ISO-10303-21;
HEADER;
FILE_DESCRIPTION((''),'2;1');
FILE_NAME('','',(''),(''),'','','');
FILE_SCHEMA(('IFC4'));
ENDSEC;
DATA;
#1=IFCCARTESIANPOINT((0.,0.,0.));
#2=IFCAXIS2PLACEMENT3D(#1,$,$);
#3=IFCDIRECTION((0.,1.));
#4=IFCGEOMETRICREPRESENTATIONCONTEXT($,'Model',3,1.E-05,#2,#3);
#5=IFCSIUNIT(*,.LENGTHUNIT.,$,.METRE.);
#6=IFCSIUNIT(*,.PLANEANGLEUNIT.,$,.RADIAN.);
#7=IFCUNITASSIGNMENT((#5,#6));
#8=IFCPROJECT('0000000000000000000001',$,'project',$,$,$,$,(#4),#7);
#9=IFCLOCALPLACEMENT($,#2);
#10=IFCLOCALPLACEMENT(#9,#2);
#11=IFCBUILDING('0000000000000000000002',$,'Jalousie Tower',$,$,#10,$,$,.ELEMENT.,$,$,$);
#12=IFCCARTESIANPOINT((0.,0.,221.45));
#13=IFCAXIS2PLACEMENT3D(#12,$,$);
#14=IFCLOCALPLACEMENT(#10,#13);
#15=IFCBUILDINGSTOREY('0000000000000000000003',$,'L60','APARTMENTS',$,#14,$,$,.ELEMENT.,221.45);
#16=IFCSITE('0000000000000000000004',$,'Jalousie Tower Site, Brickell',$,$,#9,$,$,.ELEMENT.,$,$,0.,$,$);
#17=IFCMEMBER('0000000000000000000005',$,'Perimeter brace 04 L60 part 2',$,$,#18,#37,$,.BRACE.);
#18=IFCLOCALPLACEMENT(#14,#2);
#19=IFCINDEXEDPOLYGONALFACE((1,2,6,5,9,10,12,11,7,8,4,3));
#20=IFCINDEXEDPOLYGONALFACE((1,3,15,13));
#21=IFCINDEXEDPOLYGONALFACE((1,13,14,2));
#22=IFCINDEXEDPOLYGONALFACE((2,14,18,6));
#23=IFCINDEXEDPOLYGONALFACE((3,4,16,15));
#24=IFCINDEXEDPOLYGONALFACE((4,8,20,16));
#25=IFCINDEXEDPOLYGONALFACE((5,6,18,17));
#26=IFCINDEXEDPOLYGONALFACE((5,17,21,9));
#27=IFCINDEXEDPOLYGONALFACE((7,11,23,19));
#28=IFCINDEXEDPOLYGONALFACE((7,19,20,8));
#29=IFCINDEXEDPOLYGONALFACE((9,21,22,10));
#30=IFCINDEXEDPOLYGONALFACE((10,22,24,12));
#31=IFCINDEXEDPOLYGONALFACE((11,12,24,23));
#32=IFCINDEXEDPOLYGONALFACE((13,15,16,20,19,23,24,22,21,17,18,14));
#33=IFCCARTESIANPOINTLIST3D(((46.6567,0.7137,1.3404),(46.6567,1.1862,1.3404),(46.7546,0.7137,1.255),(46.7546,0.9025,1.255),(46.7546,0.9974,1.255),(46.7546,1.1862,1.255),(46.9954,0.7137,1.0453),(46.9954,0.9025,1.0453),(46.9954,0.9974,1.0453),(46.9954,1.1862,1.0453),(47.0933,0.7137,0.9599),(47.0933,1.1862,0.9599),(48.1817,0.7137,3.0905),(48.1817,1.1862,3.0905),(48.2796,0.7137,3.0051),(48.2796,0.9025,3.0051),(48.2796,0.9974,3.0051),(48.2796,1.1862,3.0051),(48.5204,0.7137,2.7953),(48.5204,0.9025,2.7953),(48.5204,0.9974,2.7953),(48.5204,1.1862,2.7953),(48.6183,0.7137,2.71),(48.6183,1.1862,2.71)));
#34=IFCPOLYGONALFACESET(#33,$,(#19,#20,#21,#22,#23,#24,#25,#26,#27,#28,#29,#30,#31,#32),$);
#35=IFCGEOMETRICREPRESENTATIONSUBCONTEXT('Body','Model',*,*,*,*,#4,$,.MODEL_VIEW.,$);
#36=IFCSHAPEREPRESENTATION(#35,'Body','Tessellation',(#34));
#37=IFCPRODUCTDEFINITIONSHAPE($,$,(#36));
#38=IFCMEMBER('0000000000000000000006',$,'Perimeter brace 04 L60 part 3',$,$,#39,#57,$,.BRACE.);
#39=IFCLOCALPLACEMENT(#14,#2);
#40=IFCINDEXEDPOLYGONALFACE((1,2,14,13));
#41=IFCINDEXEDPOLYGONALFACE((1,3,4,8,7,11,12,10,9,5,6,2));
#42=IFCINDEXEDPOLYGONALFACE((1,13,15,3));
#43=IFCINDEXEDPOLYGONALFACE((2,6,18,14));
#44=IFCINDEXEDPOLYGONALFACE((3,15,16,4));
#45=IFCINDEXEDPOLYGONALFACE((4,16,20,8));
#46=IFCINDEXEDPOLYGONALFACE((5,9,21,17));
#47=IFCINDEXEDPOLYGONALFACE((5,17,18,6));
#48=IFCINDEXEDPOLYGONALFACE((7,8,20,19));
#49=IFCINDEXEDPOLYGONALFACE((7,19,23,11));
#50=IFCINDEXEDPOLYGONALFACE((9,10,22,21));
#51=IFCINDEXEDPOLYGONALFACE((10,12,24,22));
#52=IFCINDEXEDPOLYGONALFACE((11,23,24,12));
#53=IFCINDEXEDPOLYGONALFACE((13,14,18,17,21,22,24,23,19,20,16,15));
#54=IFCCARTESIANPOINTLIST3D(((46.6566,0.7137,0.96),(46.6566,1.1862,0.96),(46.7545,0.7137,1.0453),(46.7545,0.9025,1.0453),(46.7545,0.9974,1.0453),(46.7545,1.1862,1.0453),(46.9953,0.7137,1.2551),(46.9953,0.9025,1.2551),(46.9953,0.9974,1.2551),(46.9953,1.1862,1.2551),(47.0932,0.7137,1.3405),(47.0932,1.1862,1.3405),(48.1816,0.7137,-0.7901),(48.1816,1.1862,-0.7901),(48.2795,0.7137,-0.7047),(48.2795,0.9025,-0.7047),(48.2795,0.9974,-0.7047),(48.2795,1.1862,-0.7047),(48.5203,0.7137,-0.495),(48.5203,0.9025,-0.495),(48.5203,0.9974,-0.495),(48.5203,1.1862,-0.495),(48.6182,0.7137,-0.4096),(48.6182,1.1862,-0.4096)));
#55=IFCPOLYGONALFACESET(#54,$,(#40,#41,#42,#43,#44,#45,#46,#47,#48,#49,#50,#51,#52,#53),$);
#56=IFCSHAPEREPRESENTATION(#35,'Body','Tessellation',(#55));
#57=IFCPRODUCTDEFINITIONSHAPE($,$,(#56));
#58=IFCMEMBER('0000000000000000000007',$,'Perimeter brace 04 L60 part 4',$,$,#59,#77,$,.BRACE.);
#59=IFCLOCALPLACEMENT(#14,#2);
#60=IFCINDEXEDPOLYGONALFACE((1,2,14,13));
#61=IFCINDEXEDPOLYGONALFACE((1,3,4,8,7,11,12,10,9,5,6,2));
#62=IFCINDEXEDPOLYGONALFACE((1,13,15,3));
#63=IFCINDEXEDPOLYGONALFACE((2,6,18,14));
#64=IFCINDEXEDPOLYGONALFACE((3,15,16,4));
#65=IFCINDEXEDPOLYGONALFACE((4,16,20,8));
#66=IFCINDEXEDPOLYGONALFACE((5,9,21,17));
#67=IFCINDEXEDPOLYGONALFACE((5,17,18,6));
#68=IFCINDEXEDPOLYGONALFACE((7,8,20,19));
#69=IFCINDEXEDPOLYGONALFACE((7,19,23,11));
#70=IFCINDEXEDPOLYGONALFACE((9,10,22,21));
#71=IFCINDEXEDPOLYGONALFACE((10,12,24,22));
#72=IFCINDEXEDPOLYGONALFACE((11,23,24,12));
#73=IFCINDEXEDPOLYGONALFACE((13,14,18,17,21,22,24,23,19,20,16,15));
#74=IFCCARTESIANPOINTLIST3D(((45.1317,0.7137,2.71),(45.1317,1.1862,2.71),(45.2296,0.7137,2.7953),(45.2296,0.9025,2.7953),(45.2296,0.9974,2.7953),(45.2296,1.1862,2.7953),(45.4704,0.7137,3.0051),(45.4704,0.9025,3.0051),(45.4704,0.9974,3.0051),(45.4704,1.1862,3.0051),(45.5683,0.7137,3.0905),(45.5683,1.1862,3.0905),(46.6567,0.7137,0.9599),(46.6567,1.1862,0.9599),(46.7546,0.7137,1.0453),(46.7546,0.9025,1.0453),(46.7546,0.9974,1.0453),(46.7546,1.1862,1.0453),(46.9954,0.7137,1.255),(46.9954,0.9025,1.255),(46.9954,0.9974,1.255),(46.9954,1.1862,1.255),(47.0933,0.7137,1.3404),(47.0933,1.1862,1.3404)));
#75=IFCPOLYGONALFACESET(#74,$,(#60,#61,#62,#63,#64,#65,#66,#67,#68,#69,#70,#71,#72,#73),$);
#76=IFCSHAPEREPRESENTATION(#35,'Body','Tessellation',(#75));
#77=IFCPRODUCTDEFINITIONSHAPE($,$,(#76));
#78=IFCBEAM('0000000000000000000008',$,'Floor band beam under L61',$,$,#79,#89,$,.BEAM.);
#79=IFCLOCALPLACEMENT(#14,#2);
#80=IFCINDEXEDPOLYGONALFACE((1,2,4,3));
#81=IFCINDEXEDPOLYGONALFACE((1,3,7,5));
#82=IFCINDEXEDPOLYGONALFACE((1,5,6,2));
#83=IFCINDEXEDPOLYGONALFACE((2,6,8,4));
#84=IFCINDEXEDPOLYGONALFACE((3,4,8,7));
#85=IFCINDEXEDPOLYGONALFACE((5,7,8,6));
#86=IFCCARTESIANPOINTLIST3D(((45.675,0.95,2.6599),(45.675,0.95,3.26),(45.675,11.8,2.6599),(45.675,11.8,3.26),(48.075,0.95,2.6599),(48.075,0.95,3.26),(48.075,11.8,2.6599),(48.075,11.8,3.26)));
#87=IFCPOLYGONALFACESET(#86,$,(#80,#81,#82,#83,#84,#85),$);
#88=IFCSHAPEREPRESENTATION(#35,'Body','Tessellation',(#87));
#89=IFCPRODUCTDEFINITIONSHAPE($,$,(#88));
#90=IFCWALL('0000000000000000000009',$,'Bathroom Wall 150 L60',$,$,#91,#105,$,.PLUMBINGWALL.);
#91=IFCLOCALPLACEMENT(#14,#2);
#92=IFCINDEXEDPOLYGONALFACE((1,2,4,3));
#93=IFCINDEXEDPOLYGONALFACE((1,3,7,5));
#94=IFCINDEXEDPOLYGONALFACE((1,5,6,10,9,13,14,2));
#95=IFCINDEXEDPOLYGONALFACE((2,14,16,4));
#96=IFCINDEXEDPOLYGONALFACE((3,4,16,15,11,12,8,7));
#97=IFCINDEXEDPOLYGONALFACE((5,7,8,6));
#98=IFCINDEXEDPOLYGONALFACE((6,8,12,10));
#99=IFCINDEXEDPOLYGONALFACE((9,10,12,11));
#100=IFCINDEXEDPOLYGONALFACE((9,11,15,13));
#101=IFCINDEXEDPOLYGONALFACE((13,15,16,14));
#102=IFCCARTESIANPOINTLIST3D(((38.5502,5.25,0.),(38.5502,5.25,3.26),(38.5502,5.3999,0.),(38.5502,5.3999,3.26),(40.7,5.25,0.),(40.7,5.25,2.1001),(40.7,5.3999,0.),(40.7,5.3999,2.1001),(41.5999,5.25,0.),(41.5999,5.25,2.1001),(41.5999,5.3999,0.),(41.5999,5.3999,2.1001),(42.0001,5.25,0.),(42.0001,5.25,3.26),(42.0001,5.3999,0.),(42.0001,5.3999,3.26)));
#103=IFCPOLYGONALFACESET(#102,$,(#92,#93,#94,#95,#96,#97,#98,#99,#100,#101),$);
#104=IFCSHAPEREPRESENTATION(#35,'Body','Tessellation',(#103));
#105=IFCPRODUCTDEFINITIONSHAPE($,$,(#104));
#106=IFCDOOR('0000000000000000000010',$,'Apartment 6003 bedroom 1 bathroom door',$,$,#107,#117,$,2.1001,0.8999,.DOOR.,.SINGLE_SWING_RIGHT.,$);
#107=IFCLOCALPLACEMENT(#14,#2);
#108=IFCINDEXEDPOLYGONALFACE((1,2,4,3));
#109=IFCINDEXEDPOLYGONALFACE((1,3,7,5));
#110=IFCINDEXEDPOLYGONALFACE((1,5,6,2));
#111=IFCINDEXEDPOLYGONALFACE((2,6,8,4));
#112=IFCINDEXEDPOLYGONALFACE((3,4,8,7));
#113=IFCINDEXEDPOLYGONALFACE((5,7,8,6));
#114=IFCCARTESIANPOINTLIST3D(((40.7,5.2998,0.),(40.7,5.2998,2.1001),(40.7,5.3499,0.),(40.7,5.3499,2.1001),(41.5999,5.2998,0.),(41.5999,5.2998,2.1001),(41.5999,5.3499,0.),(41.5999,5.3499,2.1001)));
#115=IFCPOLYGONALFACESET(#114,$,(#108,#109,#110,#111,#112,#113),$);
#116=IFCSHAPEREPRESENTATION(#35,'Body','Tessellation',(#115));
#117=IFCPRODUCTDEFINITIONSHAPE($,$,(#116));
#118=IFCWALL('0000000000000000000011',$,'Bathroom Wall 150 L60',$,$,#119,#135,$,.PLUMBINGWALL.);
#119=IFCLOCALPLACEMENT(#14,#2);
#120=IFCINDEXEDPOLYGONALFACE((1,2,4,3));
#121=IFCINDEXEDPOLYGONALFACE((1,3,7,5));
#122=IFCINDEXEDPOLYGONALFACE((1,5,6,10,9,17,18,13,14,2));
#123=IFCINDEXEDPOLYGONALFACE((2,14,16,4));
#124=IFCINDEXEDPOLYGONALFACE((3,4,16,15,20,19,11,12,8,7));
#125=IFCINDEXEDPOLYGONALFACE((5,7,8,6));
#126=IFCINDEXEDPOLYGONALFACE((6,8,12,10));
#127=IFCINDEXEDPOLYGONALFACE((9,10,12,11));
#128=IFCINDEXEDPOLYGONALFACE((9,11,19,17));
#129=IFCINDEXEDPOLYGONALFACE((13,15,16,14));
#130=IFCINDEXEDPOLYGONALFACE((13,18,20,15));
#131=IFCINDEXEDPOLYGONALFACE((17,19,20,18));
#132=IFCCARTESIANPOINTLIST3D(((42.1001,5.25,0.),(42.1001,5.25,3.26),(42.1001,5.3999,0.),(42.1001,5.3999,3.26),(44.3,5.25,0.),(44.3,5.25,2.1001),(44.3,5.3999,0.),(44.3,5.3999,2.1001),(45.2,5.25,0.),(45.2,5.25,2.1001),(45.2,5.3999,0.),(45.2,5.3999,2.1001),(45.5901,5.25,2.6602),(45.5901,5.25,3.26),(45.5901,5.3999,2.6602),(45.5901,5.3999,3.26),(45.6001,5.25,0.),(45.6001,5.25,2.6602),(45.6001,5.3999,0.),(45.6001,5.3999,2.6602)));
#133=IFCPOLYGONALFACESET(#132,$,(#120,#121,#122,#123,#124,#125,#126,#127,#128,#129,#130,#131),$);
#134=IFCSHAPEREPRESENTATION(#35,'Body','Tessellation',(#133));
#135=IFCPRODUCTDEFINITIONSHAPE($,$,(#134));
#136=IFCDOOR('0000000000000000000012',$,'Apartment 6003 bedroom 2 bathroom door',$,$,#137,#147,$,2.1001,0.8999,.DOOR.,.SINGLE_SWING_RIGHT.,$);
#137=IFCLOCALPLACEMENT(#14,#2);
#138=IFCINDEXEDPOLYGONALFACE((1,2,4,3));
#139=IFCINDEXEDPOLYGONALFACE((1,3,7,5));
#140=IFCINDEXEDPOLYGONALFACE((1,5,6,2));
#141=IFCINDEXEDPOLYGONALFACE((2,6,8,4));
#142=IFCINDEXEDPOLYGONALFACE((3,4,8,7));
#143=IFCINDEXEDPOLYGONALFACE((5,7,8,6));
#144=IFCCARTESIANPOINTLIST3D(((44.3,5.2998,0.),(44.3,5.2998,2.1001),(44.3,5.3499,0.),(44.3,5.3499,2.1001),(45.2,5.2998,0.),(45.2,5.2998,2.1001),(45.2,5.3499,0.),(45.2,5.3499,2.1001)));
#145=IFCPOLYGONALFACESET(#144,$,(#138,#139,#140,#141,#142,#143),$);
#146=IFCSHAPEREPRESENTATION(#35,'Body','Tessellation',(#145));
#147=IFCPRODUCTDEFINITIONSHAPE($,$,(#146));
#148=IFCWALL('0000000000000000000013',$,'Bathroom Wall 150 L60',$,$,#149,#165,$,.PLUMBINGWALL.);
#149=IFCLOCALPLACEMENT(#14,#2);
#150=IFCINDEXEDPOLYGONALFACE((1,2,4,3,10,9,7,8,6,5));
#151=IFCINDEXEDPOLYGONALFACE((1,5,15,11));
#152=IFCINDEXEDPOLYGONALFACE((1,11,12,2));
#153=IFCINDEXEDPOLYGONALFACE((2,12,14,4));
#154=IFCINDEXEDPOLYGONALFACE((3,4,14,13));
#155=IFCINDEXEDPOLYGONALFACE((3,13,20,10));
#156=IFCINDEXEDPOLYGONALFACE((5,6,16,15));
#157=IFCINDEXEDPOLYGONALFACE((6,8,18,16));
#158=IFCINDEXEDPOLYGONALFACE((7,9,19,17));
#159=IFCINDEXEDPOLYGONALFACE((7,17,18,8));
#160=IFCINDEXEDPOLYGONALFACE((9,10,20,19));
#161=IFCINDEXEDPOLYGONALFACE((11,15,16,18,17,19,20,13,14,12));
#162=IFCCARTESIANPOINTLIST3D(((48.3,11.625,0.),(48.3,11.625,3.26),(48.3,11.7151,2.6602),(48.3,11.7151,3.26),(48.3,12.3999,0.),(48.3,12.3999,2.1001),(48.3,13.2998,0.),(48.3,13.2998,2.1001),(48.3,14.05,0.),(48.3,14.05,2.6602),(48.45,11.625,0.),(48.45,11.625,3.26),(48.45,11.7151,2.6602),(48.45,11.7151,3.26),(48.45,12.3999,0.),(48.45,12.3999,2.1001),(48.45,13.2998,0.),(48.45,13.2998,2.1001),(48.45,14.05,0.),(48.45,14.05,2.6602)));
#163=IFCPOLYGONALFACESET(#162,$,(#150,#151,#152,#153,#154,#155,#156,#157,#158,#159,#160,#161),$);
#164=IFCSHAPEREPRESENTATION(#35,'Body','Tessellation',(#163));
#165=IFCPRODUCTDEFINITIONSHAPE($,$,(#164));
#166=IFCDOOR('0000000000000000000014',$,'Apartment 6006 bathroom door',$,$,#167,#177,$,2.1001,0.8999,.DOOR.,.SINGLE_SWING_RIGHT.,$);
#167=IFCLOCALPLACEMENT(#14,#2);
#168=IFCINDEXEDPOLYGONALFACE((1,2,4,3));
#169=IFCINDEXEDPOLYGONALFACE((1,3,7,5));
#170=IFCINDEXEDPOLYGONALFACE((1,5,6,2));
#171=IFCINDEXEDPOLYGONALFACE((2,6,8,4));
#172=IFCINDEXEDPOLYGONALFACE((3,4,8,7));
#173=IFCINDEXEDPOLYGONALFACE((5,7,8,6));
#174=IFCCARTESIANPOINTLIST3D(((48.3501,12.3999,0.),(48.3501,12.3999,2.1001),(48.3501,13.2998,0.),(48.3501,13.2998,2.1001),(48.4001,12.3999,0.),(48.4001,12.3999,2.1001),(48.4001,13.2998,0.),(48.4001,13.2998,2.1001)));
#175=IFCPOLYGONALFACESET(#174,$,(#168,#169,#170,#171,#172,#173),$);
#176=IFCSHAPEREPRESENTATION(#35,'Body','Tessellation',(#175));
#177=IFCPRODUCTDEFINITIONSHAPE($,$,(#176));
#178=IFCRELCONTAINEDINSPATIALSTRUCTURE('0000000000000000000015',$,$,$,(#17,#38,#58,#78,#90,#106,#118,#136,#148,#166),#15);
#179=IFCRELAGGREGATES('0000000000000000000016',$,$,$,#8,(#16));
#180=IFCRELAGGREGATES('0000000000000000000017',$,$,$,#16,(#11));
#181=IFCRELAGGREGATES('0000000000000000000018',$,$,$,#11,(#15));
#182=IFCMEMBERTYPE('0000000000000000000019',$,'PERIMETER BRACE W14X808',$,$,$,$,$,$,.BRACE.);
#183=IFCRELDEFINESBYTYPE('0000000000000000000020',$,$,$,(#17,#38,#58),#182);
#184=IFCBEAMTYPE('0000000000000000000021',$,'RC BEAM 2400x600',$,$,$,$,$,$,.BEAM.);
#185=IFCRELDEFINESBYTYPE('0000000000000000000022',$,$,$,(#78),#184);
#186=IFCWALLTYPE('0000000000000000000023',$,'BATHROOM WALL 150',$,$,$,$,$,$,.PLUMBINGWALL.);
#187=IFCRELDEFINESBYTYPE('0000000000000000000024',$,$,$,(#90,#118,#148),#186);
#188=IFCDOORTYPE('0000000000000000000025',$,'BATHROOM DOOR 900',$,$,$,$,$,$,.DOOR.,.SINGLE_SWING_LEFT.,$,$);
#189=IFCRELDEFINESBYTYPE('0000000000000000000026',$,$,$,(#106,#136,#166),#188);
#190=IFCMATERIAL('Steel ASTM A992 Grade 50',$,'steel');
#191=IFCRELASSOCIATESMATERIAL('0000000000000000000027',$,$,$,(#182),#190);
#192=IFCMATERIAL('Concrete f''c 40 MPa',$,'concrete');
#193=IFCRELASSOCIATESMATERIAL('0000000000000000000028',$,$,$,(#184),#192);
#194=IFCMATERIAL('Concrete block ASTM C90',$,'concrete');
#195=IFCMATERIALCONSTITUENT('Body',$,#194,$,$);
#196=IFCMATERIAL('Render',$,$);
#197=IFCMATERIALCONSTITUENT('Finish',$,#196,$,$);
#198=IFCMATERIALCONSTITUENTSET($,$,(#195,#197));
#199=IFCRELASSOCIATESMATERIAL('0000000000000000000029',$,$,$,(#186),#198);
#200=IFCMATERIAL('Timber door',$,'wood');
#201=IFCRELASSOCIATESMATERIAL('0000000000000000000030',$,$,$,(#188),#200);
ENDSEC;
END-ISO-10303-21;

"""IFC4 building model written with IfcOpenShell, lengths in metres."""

from ifc_helpers import new_model, si_unit, direction, frame, frame_2d, origin, origin_2d, place, context, subcontext, project, spatial, polyline, rectangle, i_section, outline, extrude, material, constituent, constituent_set, material_profile, profile_set, type_object, element, fill, save


model = new_model("IFC4")

# Units and contexts
model_context = context("Model", 3, precision=1e-05, world=origin(), true_north=direction((0.0, 1.0)))
body_context = subcontext(model_context, "Body", "Model", "MODEL_VIEW")
ifc_project = project(units=[si_unit("LENGTHUNIT", "METRE"), si_unit("PLANEANGLEUNIT", "RADIAN")], contexts=[model_context])

# Site, building, storey
site_placement = place(None, origin())
site = spatial("IfcSite", under=ifc_project, at=site_placement, Name="Jalousie Tower Site, Brickell", CompositionType="ELEMENT", RefElevation=0.0)
building_placement = place(site_placement, origin())
building = spatial("IfcBuilding", under=site, at=building_placement, Name="Jalousie Tower", CompositionType="ELEMENT")
storey_placement = place(building_placement, frame((0.0, 0.0, 221.45)))
storey = spatial("IfcBuildingStorey", under=building, at=storey_placement, Name="L60", Description="APARTMENTS", CompositionType="ELEMENT", Elevation=221.45)

# Members
ifc_material_1 = material(Name="Steel ASTM A992 Grade 50", Category="steel")
ifc_material_profile_1 = material_profile(ifc_material_1, i_section(OverallWidth=0.4724, OverallDepth=0.5791, WebThickness=0.095, FlangeThickness=0.1299, at=origin_2d()), Name="W14X808")
ifc_profile_set_1 = profile_set([ifc_material_profile_1], Name="Steel ASTM A992 Grade 50")
member_type = type_object("IfcMemberType", Name="PERIMETER BRACE W14X808", PredefinedType="BRACE", material=ifc_profile_set_1)
for number, where, z_axis, x_axis, name in (
    (1, (46.875, 0.95, 1.1501), (0.656954, 0.0, 0.75393), (0.0, 1.0, 0.0), "Perimeter brace 04 L60 part 2"),
    (2, (48.3999, 0.95, -0.5999), (-0.656954, 0.0, 0.75393), (0.0, -1.0, 0.0), "Perimeter brace 04 L60 part 3"),
    (3, (46.875, 0.95, 1.1501), (-0.656954, 0.0, 0.75393), (0.0, -1.0, 0.0), "Perimeter brace 04 L60 part 4"),
):
    element("IfcMember", number, at=place(storey_placement, frame(where, z_axis=z_axis, x_axis=x_axis)), inside=storey, type_object=member_type, Name=name, PredefinedType="BRACE", context=body_context, shape_type="SweptSolid", body=[
        extrude(i_section(OverallWidth=0.4724, OverallDepth=0.5791, WebThickness=0.095, FlangeThickness=0.1299, at=origin_2d()), origin(), (0.0, 0.0, 1.0), 2.3213),
    ])

# Beam
ifc_material_2 = material(Name="Concrete f'c 40 MPa", Category="concrete")
ifc_material_profile_2 = material_profile(ifc_material_2, rectangle(XDim=2.3999, YDim=0.6001, at=origin_2d()), Name="RC 2400x600")
ifc_profile_set_2 = profile_set([ifc_material_profile_2], Name="Concrete f'c 40 MPa")
beam_type = type_object("IfcBeamType", Name="RC BEAM 2400x600", PredefinedType="BEAM", material=ifc_profile_set_2)
beam_placement = place(storey_placement, frame((46.875, 0.95, 2.96), z_axis=(0.0, 1.0, 0.0), x_axis=(-1.0, 0.0, 0.0)))
element("IfcBeam", 4, at=beam_placement, inside=storey, type_object=beam_type, Name="Floor band beam under L61", PredefinedType="BEAM", context=body_context, shape_type="SweptSolid", body=[
    extrude(rectangle(XDim=2.3999, YDim=0.6001, at=origin_2d()), origin(), (0.0, 0.0, 1.0), 10.8501),
])

# Walls, openings, doors
ifc_material_3 = material(Name="Concrete block ASTM C90", Category="concrete")
ifc_constituent_1 = constituent(ifc_material_3, Name="Body")
ifc_material_4 = material(Name="Render")
ifc_constituent_2 = constituent(ifc_material_4, Name="Finish")
ifc_constituent_set_1 = constituent_set(constituents=[ifc_constituent_1, ifc_constituent_2])
wall_type_1 = type_object("IfcWallType", Name="BATHROOM WALL 150", PredefinedType="PLUMBINGWALL", material=ifc_constituent_set_1)
wall_1_placement = place(storey_placement, frame((38.55, 5.325, 0.0), z_axis=(0.0, 0.0, 1.0), x_axis=(1.0, 0.0, 0.0)))
wall_1 = element("IfcWall", 5, at=wall_1_placement, inside=storey, type_object=wall_type_1, Name="Bathroom Wall 150 L60", PredefinedType="PLUMBINGWALL", context=body_context, shape_type="SweptSolid", body=[
    extrude(rectangle(XDim=3.45, YDim=0.1499, at=frame_2d((1.7251, 0.0))), origin(), (0.0, 0.0, 1.0), 3.26),
])
opening_1_placement = place(wall_1_placement, frame((2.1499, 0.0, 0.0)))
opening_1 = element("IfcOpeningElement", 6, at=opening_1_placement, cuts=wall_1, PredefinedType="OPENING", context=body_context, shape_type="SweptSolid", body=[
    extrude(rectangle(XDim=0.8999, YDim=2.1001, at=frame_2d((0.45, 1.05))), frame((0.0, 0.085, 0.0), z_axis=(0.0, -1.0, 0.0), x_axis=(1.0, 0.0, 0.0)), (0.0, 0.0, 1.0), 0.1699),
])
ifc_material_5 = material(Name="Timber door", Category="wood")
door_type_1 = type_object("IfcDoorType", Name="BATHROOM DOOR 900", OperationType="SINGLE_SWING_LEFT", PredefinedType="DOOR", material=ifc_material_5)
door_1_placement = place(opening_1_placement, origin())
door_1 = element("IfcDoor", 7, at=door_1_placement, inside=storey, type_object=door_type_1, Name="Apartment 6003 bedroom 1 bathroom door", OperationType="SINGLE_SWING_RIGHT", OverallHeight=2.1001, OverallWidth=0.8999, PredefinedType="DOOR", context=body_context, shape_type="SweptSolid", body=[
    extrude(rectangle(XDim=0.8999, YDim=2.1001, at=frame_2d((0.45, 1.05))), frame((0.0, 0.0249, 0.0), z_axis=(0.0, -1.0, 0.0), x_axis=(1.0, 0.0, 0.0)), (0.0, 0.0, 1.0), 0.05),
])
fill(opening_1, door_1)
wall_2_placement = place(storey_placement, frame((42.1001, 5.325, 0.0), z_axis=(0.0, 0.0, 1.0), x_axis=(1.0, 0.0, 0.0)))
wall_2 = element("IfcWall", 8, at=wall_2_placement, inside=storey, type_object=wall_type_1, Name="Bathroom Wall 150 L60", PredefinedType="PLUMBINGWALL", context=body_context, shape_type="SweptSolid", body=[
    extrude(outline(polyline([(0.0, 0.0), (3.5, 0.0), (3.5, 3.26), (3.5, 2.6602), (3.49, 2.6602), (3.49, 3.26), (0.0, 3.26), (0.0, 0.0)])), frame((0.0, 0.075, 0.0), z_axis=(0.0, -1.0, 0.0), x_axis=(1.0, 0.0, 0.0)), (0.0, 0.0, 1.0), 0.1499),
])
opening_2_placement = place(wall_2_placement, frame((2.2, 0.0, 0.0)))
opening_2 = element("IfcOpeningElement", 9, at=opening_2_placement, cuts=wall_2, PredefinedType="OPENING", context=body_context, shape_type="SweptSolid", body=[
    extrude(rectangle(XDim=0.8999, YDim=2.1001, at=frame_2d((0.45, 1.05))), frame((0.0, 0.085, 0.0), z_axis=(0.0, -1.0, 0.0), x_axis=(1.0, 0.0, 0.0)), (0.0, 0.0, 1.0), 0.1699),
])
door_2_placement = place(opening_2_placement, origin())
door_2 = element("IfcDoor", 10, at=door_2_placement, inside=storey, type_object=door_type_1, Name="Apartment 6003 bedroom 2 bathroom door", OperationType="SINGLE_SWING_RIGHT", OverallHeight=2.1001, OverallWidth=0.8999, PredefinedType="DOOR", context=body_context, shape_type="SweptSolid", body=[
    extrude(rectangle(XDim=0.8999, YDim=2.1001, at=frame_2d((0.45, 1.05))), frame((0.0, 0.0249, 0.0), z_axis=(0.0, -1.0, 0.0), x_axis=(1.0, 0.0, 0.0)), (0.0, 0.0, 1.0), 0.05),
])
fill(opening_2, door_2)
wall_3_placement = place(storey_placement, frame((48.375, 11.625, 0.0), z_axis=(0.0, 0.0, 1.0), x_axis=(0.0, 1.0, 0.0)))
wall_3 = element("IfcWall", 11, at=wall_3_placement, inside=storey, type_object=wall_type_1, Name="Bathroom Wall 150 L60", PredefinedType="PLUMBINGWALL", context=body_context, shape_type="SweptSolid", body=[
    extrude(outline(polyline([(0.0, 0.0), (2.425, 0.0), (2.425, 3.26), (2.425, 2.6602), (0.0901, 2.6602), (0.0901, 3.26), (0.0, 3.26), (0.0, 0.0)])), frame((0.0, 0.075, 0.0), z_axis=(0.0, -1.0, 0.0), x_axis=(1.0, 0.0, 0.0)), (0.0, 0.0, 1.0), 0.1499),
])
opening_3_placement = place(wall_3_placement, frame((0.7749, 0.0, 0.0)))
opening_3 = element("IfcOpeningElement", 12, at=opening_3_placement, cuts=wall_3, PredefinedType="OPENING", context=body_context, shape_type="SweptSolid", body=[
    extrude(rectangle(XDim=0.8999, YDim=2.1001, at=frame_2d((0.45, 1.05))), frame((0.0, 0.085, 0.0), z_axis=(0.0, -1.0, 0.0), x_axis=(1.0, 0.0, 0.0)), (0.0, 0.0, 1.0), 0.1699),
])
door_3_placement = place(opening_3_placement, origin())
door_3 = element("IfcDoor", 13, at=door_3_placement, inside=storey, type_object=door_type_1, Name="Apartment 6006 bathroom door", OperationType="SINGLE_SWING_RIGHT", OverallHeight=2.1001, OverallWidth=0.8999, PredefinedType="DOOR", context=body_context, shape_type="SweptSolid", body=[
    extrude(rectangle(XDim=0.8999, YDim=2.1001, at=frame_2d((0.45, 1.05))), frame((0.0, 0.0249, 0.0), z_axis=(0.0, -1.0, 0.0), x_axis=(1.0, 0.0, 0.0)), (0.0, 0.0, 1.0), 0.05),
])
fill(opening_3, door_3)

save(model, "model.ifc")
